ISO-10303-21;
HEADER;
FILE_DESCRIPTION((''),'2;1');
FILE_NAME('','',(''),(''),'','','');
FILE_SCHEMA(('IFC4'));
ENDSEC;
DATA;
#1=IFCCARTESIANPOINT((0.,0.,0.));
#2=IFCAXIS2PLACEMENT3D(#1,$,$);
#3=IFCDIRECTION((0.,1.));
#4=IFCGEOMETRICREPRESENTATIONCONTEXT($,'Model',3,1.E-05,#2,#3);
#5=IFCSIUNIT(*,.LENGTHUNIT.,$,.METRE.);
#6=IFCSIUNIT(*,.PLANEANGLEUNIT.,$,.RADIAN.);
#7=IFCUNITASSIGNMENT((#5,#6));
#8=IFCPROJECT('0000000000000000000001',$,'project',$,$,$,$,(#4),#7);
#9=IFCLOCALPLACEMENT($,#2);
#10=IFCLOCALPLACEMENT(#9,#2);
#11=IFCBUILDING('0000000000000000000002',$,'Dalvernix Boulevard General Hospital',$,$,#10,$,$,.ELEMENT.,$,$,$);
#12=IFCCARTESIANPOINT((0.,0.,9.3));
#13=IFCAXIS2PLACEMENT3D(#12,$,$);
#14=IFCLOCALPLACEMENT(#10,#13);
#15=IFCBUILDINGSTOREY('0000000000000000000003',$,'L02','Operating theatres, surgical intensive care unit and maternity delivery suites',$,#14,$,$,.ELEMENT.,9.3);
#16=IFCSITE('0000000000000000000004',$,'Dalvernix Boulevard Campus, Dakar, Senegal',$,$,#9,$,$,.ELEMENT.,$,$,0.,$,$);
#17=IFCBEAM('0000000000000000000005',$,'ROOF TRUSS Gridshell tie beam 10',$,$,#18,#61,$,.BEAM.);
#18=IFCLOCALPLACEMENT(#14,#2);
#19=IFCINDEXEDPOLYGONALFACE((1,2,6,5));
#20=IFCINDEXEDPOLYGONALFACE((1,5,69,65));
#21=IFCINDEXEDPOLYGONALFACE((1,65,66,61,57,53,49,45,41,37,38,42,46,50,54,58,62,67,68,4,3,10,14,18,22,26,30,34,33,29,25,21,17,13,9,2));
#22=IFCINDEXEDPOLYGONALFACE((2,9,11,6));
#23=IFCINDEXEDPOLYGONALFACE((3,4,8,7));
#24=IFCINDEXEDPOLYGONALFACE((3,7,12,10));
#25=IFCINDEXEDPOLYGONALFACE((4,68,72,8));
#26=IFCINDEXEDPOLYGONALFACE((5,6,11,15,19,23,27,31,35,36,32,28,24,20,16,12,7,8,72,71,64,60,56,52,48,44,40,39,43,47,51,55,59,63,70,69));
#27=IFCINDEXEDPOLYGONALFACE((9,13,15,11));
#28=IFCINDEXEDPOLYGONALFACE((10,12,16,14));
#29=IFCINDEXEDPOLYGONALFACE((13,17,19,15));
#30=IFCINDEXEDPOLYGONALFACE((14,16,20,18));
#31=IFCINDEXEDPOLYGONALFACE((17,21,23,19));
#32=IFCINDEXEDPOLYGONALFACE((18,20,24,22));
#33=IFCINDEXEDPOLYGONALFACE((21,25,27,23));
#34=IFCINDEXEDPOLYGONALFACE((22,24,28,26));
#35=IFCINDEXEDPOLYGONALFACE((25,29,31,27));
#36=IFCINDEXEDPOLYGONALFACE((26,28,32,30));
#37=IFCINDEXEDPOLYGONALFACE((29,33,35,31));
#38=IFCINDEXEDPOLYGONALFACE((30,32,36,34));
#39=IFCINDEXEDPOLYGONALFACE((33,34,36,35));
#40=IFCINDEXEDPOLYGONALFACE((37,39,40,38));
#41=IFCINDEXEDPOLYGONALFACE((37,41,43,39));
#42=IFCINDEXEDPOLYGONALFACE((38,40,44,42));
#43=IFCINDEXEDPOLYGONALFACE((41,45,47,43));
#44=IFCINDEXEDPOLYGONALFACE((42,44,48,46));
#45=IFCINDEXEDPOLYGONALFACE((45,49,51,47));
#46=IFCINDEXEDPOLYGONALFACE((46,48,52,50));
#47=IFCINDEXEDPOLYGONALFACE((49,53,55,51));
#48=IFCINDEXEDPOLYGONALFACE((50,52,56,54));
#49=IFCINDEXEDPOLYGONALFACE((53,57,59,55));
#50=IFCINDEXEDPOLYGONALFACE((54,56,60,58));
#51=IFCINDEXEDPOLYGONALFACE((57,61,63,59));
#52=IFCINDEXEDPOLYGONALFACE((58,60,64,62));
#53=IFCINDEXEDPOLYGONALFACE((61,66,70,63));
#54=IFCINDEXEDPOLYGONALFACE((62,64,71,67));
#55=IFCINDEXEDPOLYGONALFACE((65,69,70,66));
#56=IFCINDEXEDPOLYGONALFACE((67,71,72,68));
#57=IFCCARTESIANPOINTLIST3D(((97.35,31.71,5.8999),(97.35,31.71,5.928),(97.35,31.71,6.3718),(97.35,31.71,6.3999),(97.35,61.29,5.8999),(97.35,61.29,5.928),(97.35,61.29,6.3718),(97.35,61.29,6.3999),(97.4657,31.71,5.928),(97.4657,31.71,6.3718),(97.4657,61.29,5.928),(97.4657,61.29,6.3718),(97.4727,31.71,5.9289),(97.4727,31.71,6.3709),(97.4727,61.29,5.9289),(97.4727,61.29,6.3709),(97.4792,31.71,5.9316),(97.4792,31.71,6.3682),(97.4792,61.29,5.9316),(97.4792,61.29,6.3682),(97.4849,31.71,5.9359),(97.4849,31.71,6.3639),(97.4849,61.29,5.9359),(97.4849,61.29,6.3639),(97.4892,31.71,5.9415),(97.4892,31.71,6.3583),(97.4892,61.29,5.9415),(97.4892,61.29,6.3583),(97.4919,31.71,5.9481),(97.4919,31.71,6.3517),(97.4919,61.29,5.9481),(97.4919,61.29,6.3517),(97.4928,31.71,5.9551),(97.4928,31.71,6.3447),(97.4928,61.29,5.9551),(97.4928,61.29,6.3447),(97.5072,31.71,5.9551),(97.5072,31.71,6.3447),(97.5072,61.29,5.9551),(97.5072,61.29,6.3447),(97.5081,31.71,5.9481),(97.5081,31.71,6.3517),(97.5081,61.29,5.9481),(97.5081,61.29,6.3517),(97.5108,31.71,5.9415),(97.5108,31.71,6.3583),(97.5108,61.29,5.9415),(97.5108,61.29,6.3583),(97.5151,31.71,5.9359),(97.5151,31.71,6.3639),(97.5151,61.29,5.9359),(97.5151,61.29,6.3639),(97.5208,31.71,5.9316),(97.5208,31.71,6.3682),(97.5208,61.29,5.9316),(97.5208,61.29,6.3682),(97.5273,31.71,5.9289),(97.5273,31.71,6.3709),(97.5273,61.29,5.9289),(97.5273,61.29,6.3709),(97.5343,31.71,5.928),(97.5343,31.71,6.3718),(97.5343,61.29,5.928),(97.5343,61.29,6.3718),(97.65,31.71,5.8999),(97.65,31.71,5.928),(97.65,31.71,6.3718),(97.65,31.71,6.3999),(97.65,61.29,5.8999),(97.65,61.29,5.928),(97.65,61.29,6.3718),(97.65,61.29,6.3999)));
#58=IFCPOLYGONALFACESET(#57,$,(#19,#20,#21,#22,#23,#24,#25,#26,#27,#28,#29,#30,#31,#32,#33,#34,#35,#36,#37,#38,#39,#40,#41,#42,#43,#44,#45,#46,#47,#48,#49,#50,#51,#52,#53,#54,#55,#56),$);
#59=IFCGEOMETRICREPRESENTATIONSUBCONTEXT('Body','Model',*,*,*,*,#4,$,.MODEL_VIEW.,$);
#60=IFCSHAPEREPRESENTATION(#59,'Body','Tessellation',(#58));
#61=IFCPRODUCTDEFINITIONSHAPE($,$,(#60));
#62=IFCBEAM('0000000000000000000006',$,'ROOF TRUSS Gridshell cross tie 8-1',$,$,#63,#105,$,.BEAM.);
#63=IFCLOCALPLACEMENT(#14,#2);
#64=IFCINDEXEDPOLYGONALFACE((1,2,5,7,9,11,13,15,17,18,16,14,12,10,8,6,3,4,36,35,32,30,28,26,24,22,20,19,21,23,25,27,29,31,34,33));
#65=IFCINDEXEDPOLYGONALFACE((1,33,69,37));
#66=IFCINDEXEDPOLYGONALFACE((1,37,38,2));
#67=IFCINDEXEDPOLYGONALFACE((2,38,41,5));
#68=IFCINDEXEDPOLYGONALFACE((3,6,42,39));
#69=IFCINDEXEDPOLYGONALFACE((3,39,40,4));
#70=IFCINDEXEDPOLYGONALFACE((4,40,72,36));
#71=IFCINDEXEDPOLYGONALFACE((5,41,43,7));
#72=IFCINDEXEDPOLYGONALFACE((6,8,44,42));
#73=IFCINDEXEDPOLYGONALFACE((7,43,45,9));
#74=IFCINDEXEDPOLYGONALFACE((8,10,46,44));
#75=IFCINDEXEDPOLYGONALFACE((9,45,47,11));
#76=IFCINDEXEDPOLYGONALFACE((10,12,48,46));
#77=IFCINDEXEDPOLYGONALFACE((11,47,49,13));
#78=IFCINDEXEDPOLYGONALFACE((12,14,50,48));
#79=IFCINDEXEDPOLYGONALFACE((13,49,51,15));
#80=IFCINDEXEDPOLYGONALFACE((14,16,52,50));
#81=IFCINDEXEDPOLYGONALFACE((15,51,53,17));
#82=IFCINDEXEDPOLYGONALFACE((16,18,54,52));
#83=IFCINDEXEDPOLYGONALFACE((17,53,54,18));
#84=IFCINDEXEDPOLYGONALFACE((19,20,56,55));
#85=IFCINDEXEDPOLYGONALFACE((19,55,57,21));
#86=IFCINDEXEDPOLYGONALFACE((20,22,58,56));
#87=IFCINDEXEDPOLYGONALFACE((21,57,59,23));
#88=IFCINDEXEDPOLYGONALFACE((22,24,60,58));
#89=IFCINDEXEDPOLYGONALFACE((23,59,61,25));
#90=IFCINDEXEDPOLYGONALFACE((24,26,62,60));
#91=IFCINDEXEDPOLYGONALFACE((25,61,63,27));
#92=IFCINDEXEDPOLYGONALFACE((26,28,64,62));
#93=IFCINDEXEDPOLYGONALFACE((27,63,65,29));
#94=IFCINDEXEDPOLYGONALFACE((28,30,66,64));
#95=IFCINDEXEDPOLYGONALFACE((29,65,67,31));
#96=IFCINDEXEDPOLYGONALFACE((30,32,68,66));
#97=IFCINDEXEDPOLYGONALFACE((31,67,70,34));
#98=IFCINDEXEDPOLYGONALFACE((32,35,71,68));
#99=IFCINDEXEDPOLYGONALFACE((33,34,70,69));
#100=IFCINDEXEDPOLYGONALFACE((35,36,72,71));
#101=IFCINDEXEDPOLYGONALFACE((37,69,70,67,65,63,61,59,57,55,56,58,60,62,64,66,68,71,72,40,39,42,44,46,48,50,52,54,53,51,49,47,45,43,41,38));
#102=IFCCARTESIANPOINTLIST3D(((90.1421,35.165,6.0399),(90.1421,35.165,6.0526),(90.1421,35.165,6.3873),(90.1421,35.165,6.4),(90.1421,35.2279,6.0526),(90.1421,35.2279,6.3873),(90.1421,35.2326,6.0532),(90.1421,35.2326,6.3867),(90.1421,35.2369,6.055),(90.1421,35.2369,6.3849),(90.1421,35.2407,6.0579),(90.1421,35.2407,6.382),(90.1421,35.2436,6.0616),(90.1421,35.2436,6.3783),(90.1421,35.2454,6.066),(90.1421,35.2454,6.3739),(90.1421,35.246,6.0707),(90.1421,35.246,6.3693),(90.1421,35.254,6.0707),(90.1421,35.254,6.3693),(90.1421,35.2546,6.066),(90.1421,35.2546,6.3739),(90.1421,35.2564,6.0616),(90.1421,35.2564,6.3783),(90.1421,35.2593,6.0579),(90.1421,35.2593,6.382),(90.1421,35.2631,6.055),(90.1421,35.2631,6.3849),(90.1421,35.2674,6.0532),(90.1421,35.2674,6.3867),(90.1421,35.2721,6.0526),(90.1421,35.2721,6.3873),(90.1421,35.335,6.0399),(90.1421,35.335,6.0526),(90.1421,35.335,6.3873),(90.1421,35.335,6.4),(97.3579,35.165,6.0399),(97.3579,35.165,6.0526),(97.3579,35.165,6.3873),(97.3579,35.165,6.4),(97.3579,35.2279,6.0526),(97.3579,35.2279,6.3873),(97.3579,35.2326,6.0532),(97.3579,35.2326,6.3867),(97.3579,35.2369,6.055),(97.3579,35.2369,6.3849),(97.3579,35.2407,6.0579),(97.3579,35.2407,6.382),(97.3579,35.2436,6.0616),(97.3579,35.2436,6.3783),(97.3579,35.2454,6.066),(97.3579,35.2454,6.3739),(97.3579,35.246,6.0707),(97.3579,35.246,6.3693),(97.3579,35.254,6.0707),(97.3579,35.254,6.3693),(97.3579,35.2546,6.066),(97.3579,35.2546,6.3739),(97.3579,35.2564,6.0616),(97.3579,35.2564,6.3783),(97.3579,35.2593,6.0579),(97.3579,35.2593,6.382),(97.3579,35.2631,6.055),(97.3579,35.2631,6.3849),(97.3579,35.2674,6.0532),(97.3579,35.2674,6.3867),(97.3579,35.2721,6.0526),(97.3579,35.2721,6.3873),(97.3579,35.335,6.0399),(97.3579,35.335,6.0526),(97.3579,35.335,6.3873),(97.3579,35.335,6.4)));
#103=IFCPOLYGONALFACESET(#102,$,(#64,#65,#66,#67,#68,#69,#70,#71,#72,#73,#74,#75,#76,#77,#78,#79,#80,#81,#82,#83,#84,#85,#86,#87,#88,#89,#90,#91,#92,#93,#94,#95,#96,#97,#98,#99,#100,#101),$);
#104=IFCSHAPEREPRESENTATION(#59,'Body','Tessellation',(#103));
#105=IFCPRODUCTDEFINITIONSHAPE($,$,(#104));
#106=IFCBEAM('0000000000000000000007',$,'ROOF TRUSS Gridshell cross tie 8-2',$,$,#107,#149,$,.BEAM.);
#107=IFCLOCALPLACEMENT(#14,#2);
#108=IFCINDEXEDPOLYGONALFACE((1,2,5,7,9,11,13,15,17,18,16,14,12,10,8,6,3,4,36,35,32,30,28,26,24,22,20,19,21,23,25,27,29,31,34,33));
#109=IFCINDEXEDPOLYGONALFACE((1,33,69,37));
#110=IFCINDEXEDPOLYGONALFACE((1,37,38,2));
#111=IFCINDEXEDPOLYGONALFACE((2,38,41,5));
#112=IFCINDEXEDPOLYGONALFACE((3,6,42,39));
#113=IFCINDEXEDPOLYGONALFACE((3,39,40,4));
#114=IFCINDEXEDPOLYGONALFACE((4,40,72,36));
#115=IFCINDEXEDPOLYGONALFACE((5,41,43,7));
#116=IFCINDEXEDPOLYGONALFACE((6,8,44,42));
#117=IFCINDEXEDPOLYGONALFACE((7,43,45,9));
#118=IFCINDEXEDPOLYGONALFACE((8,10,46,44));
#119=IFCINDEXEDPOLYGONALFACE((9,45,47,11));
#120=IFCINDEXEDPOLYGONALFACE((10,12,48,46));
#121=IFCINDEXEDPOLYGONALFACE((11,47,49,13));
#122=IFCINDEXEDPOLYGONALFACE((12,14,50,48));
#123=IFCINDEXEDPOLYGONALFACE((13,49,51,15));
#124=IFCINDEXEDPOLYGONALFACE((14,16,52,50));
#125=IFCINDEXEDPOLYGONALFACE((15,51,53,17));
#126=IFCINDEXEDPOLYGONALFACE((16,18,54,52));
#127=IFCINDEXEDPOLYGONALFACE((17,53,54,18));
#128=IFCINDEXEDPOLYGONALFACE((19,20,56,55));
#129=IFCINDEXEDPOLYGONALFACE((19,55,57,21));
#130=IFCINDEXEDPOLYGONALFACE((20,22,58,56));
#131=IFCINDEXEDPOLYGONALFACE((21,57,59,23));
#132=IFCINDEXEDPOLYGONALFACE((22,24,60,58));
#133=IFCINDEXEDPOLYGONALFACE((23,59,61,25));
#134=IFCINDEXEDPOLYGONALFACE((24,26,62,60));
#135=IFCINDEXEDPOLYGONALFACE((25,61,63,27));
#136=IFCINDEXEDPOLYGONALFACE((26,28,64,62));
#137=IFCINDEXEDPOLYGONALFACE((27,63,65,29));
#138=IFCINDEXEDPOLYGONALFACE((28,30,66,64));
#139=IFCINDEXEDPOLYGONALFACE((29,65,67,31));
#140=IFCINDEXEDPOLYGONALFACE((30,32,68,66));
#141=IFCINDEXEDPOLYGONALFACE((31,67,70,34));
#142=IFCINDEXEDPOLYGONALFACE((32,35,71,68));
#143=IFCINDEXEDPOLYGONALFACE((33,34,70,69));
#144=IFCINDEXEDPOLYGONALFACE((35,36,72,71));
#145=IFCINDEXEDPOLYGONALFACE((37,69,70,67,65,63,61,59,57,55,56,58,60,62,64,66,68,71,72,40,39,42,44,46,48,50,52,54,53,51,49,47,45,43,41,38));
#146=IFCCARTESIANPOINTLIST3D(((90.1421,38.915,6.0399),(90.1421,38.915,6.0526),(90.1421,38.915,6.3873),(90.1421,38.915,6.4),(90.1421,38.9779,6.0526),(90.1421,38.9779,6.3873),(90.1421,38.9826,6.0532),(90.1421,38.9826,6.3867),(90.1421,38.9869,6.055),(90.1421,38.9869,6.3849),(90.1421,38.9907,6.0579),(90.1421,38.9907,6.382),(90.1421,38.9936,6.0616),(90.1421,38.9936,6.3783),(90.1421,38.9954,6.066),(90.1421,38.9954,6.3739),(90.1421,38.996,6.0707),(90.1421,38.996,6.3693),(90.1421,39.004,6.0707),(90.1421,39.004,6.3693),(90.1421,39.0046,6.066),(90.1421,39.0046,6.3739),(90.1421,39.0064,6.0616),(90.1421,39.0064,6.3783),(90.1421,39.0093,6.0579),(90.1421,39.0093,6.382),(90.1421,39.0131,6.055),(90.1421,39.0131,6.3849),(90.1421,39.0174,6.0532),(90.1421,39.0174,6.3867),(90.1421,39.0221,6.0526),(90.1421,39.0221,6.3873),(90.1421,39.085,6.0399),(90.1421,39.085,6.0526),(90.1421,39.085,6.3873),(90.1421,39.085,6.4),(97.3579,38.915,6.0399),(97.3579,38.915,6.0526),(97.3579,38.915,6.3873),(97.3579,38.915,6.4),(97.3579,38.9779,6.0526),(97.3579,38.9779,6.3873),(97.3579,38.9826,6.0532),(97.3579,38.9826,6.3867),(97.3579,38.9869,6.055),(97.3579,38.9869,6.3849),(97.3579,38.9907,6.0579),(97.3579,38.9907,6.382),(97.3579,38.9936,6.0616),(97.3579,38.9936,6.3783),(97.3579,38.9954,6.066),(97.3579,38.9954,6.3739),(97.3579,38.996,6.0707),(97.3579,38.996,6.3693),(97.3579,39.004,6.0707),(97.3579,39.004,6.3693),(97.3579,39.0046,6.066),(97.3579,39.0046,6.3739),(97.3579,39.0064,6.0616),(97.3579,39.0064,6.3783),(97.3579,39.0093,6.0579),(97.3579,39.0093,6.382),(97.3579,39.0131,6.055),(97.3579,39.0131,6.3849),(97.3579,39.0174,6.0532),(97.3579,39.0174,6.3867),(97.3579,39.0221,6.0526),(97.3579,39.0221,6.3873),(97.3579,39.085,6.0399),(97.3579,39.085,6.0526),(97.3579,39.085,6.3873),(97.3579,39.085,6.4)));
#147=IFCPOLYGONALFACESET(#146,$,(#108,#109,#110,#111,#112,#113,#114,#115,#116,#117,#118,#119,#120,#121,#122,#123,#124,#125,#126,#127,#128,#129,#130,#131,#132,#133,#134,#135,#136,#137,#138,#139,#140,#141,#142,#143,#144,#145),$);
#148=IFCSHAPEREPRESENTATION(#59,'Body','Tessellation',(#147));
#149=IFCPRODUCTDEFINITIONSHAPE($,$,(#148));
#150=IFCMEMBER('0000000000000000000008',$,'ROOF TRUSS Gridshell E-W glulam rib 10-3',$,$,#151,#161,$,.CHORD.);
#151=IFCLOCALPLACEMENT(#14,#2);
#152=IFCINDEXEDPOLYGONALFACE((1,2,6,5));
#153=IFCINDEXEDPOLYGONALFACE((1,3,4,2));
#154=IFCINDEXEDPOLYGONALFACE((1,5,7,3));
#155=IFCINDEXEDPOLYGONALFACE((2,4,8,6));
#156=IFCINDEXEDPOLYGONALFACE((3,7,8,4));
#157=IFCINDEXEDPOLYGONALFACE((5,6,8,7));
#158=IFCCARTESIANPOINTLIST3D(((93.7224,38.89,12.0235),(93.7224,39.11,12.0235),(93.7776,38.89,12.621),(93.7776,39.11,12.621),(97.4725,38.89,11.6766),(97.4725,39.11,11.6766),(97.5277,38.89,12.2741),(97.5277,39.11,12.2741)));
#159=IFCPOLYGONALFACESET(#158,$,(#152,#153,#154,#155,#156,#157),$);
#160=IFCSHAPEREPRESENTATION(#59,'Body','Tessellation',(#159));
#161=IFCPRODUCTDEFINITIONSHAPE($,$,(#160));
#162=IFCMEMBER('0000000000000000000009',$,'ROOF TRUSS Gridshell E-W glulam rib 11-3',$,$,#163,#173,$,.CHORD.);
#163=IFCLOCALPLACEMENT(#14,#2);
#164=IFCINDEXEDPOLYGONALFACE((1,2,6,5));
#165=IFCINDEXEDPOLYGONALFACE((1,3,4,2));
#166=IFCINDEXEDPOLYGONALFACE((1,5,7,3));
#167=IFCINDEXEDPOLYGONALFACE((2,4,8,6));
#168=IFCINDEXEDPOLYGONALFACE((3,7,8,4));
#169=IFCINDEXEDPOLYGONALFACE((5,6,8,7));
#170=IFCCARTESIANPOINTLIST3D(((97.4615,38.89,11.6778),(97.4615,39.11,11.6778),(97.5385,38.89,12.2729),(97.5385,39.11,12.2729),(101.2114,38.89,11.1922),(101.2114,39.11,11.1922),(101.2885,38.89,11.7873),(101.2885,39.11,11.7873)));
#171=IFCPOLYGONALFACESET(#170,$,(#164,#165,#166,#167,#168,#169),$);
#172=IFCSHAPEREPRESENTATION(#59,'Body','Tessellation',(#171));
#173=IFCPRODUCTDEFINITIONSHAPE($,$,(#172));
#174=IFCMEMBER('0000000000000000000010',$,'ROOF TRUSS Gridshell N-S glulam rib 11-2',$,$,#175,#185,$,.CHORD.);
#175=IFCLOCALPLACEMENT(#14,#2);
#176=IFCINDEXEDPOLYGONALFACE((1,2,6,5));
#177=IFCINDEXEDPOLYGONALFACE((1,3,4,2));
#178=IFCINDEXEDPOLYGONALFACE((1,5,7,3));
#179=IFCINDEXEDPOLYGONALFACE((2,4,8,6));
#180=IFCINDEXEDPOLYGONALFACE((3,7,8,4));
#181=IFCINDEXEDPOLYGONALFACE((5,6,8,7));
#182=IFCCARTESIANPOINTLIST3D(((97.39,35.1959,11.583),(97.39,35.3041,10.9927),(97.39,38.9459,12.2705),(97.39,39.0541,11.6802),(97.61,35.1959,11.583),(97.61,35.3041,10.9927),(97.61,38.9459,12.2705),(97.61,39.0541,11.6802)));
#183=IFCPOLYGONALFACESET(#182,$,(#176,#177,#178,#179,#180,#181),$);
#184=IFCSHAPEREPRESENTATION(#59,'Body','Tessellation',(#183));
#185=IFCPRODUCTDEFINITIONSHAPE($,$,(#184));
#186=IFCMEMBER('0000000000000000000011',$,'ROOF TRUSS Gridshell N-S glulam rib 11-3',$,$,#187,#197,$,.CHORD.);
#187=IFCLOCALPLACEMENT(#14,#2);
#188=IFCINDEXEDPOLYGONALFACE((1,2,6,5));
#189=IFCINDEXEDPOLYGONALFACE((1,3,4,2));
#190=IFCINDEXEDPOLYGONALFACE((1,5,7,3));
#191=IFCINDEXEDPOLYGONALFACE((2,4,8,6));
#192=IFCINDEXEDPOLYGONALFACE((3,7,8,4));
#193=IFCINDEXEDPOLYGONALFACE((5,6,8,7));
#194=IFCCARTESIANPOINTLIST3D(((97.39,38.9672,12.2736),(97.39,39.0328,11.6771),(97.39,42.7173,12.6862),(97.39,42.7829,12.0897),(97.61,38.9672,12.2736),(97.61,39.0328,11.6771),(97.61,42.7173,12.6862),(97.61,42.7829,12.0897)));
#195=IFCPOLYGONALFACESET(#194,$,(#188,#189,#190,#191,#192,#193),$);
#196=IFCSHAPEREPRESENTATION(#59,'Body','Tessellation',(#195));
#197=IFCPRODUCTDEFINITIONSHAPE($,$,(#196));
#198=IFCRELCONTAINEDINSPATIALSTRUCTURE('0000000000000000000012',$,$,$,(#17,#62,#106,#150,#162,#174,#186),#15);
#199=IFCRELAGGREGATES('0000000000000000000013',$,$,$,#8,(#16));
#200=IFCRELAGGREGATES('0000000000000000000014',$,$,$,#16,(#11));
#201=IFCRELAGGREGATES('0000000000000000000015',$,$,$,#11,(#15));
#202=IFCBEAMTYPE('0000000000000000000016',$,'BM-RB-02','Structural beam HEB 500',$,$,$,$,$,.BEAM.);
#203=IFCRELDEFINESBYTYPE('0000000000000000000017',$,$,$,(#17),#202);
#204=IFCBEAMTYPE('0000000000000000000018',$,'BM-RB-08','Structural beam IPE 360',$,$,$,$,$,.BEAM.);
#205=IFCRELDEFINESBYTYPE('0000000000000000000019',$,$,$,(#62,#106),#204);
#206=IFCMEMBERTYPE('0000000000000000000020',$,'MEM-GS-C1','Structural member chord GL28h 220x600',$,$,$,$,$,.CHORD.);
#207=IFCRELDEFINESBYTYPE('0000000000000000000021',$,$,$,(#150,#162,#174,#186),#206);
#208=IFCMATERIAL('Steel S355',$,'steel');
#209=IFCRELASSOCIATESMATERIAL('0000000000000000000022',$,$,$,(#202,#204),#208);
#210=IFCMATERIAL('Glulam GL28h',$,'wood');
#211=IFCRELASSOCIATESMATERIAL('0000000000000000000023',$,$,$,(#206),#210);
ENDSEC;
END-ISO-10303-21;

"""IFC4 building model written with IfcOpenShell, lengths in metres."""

from ifc_helpers import new_model, si_unit, direction, frame, origin, origin_2d, place, context, subcontext, project, spatial, rectangle, i_section, extrude, material, material_profile, profile_set, type_object, element, save


model = new_model("IFC4")

# Units and contexts
model_context = context("Model", 3, precision=1e-05, world=origin(), true_north=direction((0.0, 1.0)))
body_context = subcontext(model_context, "Body", "Model", "MODEL_VIEW")
ifc_project = project(units=[si_unit("LENGTHUNIT", "METRE"), si_unit("PLANEANGLEUNIT", "RADIAN")], contexts=[model_context])

# Site, building, storey
site_placement = place(None, origin())
site = spatial("IfcSite", under=ifc_project, at=site_placement, Name="Dalvernix Boulevard Campus, Dakar, Senegal", CompositionType="ELEMENT", RefElevation=0.0)
building_placement = place(site_placement, origin())
building = spatial("IfcBuilding", under=site, at=building_placement, Name="Dalvernix Boulevard General Hospital", CompositionType="ELEMENT")
storey_placement = place(building_placement, frame((0.0, 0.0, 9.3)))
storey = spatial("IfcBuildingStorey", under=building, at=storey_placement, Name="L02", Description="Operating theatres, surgical intensive care unit and maternity delivery suites", CompositionType="ELEMENT", Elevation=9.3)

# Beams
ifc_material_1 = material(Name="Steel S355", Category="steel")
ifc_material_profile_1 = material_profile(ifc_material_1, i_section(OverallWidth=0.3, OverallDepth=0.5, WebThickness=0.0144, FlangeThickness=0.0281, FilletRadius=0.0271, at=origin_2d()), Name="HEB 500")
ifc_profile_set_1 = profile_set([ifc_material_profile_1], Name="Steel S355")
beam_type_1 = type_object("IfcBeamType", Name="BM-RB-02", Description="Structural beam HEB 500", PredefinedType="BEAM", material=ifc_profile_set_1)
beam_placement = place(storey_placement, frame((97.5, 31.71, 6.1499), z_axis=(0.0, 1.0, 0.0), x_axis=(-1.0, 0.0, 0.0)))
element("IfcBeam", 1, at=beam_placement, inside=storey, type_object=beam_type_1, Name="ROOF TRUSS Gridshell tie beam 10", PredefinedType="BEAM", context=body_context, shape_type="SweptSolid", body=[
    extrude(i_section(OverallWidth=0.3, OverallDepth=0.5, WebThickness=0.0144, FlangeThickness=0.0281, FilletRadius=0.0271, at=origin_2d()), origin(), (0.0, 0.0, 1.0), 29.5801),
])
ifc_material_profile_2 = material_profile(ifc_material_1, i_section(OverallWidth=0.1699, OverallDepth=0.3601, WebThickness=0.0081, FlangeThickness=0.0127, FilletRadius=0.0181, at=origin_2d()), Name="IPE 360")
ifc_profile_set_2 = profile_set([ifc_material_profile_2], Name="Steel S355")
beam_type_2 = type_object("IfcBeamType", Name="BM-RB-08", Description="Structural beam IPE 360", PredefinedType="BEAM", material=ifc_profile_set_2)
for number, where, z_axis, x_axis, name in (
    (2, (90.1421, 35.25, 6.22), (1.0, 0.0, 0.0), (0.0, 1.0, 0.0), "ROOF TRUSS Gridshell cross tie 8-1"),
    (3, (90.1421, 39.0, 6.22), (1.0, 0.0, 0.0), (0.0, 1.0, 0.0), "ROOF TRUSS Gridshell cross tie 8-2"),
):
    element("IfcBeam", number, at=place(storey_placement, frame(where, z_axis=z_axis, x_axis=x_axis)), inside=storey, type_object=beam_type_2, Name=name, PredefinedType="BEAM", context=body_context, shape_type="SweptSolid", body=[
        extrude(i_section(OverallWidth=0.1699, OverallDepth=0.3601, WebThickness=0.0081, FlangeThickness=0.0127, FilletRadius=0.0181, at=origin_2d()), origin(), (0.0, 0.0, 1.0), 7.2158),
    ])

# Members
ifc_material_2 = material(Name="Glulam GL28h", Category="wood")
ifc_material_profile_3 = material_profile(ifc_material_2, rectangle(XDim=0.22, YDim=0.6001, at=origin_2d()), Name="GL28h 220x600")
ifc_profile_set_3 = profile_set([ifc_material_profile_3], Name="Glulam GL28h")
member_type_1 = type_object("IfcMemberType", Name="MEM-GS-C1", Description="Structural member chord GL28h 220x600", PredefinedType="CHORD", material=ifc_profile_set_3)
member_1_placement = place(storey_placement, frame((93.75, 39.0, 12.3223), z_axis=(0.995748, 0.0, -0.09212), x_axis=(0.0, 1.0, 0.0)))
element("IfcMember", 4, at=member_1_placement, inside=storey, type_object=member_type_1, Name="ROOF TRUSS Gridshell E-W glulam rib 10-3", PredefinedType="CHORD", context=body_context, shape_type="SweptSolid", body=[
    extrude(rectangle(XDim=0.22, YDim=0.6001, at=origin_2d()), origin(), (0.0, 0.0, 1.0), 3.7661),
])
member_2_placement = place(storey_placement, frame((97.5, 39.0, 11.9753), z_axis=(0.99172, 0.0, -0.12842), x_axis=(0.0, 1.0, 0.0)))
element("IfcMember", 5, at=member_2_placement, inside=storey, type_object=member_type_1, Name="ROOF TRUSS Gridshell E-W glulam rib 11-3", PredefinedType="CHORD", context=body_context, shape_type="SweptSolid", body=[
    extrude(rectangle(XDim=0.22, YDim=0.6001, at=origin_2d()), origin(), (0.0, 0.0, 1.0), 3.7812),
])
member_3_placement = place(storey_placement, frame((97.5, 35.25, 11.2878), z_axis=(0.0, 0.983607, 0.180328), x_axis=(-1.0, 0.0, 0.0)))
element("IfcMember", 6, at=member_3_placement, inside=storey, type_object=member_type_1, Name="ROOF TRUSS Gridshell N-S glulam rib 11-2", PredefinedType="CHORD", context=body_context, shape_type="SweptSolid", body=[
    extrude(rectangle(XDim=0.22, YDim=0.6001, at=origin_2d()), origin(), (0.0, 0.0, 1.0), 3.8125),
])
member_4_placement = place(storey_placement, frame((97.5, 39.0, 11.9753), z_axis=(0.0, 0.994002, 0.109366), x_axis=(-1.0, 0.0, 0.0)))
element("IfcMember", 7, at=member_4_placement, inside=storey, type_object=member_type_1, Name="ROOF TRUSS Gridshell N-S glulam rib 11-3", PredefinedType="CHORD", context=body_context, shape_type="SweptSolid", body=[
    extrude(rectangle(XDim=0.22, YDim=0.6001, at=origin_2d()), origin(), (0.0, 0.0, 1.0), 3.7727),
])

save(model, "model.ifc")
